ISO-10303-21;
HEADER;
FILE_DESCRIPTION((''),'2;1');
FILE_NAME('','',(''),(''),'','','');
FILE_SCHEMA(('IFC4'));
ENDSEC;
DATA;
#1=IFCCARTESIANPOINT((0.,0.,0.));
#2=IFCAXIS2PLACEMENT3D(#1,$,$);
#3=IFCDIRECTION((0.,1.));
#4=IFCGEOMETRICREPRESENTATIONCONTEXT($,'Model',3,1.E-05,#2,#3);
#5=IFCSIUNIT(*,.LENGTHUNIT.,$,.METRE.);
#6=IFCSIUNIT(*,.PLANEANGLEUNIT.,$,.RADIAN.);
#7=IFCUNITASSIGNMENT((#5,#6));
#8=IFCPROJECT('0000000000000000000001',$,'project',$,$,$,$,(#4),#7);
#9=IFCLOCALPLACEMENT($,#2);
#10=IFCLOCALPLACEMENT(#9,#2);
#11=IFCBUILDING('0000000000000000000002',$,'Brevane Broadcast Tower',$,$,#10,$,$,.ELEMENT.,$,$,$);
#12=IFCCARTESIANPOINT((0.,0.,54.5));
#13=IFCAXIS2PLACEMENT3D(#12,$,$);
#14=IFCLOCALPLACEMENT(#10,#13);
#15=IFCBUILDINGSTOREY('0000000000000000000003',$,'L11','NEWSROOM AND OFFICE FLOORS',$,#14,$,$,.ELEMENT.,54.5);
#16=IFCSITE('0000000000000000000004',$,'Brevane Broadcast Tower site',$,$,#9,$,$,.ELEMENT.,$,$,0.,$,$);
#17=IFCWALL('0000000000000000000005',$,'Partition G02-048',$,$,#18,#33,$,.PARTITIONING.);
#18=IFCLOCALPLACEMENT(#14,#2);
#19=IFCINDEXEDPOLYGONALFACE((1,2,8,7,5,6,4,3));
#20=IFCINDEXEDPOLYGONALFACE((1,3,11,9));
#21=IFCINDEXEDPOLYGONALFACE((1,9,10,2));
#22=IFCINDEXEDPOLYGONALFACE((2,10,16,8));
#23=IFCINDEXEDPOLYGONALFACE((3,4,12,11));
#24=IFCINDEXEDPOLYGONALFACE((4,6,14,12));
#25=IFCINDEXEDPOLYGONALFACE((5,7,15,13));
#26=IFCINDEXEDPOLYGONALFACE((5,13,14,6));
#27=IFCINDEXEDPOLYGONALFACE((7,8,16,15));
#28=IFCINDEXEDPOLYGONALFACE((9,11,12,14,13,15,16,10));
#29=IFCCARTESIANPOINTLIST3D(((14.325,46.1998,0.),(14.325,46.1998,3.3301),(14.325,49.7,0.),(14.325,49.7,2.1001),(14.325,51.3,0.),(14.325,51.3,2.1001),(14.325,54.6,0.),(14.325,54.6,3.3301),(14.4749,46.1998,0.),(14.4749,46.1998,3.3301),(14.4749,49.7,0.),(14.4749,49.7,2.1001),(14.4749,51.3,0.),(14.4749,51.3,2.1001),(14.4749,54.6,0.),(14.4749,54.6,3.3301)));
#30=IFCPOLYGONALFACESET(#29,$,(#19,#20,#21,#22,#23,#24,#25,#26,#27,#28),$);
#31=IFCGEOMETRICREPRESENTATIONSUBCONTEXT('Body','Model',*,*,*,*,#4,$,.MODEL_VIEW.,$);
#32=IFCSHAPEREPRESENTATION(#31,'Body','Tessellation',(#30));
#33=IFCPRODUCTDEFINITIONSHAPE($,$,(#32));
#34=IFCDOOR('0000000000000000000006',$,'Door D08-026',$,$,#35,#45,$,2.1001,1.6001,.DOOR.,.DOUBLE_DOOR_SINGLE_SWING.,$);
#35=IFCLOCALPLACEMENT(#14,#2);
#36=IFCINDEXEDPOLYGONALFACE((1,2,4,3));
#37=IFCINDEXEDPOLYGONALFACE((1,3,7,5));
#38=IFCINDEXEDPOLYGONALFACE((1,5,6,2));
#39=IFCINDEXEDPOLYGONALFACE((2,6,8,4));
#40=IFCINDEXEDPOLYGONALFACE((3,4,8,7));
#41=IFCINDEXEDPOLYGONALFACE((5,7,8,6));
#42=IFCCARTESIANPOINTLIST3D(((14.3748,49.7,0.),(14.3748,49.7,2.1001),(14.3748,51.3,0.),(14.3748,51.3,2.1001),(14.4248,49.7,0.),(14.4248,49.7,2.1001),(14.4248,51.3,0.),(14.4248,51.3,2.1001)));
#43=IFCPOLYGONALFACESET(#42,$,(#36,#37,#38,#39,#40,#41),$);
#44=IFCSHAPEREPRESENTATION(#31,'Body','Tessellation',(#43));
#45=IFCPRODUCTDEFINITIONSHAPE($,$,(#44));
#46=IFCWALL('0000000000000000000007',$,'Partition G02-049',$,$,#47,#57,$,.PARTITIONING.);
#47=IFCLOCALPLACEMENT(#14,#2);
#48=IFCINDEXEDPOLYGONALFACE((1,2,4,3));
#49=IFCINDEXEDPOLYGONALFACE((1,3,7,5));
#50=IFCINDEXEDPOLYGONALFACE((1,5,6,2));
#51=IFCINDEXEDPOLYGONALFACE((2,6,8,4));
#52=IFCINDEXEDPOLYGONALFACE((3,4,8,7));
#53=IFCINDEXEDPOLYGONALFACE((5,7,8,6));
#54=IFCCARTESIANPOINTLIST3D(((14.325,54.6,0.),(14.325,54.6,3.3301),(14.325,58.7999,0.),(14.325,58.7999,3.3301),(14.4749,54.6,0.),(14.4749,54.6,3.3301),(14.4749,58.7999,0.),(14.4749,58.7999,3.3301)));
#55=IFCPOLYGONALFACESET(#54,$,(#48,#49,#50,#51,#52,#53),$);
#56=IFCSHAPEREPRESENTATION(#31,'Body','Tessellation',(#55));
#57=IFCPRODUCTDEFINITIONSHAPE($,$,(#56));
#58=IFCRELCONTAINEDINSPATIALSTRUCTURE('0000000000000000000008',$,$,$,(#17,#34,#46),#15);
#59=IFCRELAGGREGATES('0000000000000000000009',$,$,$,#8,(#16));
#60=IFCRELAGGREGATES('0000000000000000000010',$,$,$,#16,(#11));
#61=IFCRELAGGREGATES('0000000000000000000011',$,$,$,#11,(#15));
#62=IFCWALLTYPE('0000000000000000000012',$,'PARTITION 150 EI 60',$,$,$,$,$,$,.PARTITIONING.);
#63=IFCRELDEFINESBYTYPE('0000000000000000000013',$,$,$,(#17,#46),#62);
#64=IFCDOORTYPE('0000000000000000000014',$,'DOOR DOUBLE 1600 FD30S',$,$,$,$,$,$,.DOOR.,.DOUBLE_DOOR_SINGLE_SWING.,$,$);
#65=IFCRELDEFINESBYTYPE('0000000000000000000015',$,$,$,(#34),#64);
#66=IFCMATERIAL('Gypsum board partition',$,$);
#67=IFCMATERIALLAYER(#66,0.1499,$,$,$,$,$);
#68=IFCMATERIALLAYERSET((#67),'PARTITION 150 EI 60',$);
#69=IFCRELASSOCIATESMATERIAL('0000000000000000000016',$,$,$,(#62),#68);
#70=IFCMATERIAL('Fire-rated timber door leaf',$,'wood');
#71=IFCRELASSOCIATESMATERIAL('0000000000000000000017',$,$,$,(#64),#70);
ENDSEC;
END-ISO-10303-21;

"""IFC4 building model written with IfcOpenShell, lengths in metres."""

from ifc_helpers import new_model, si_unit, direction, frame, frame_2d, origin, place, context, subcontext, project, spatial, rectangle, extrude, material, layer, layer_set, type_object, element, fill, save


model = new_model("IFC4")

# Units and contexts
model_context = context("Model", 3, precision=1e-05, world=origin(), true_north=direction((0.0, 1.0)))
body_context = subcontext(model_context, "Body", "Model", "MODEL_VIEW")
ifc_project = project(units=[si_unit("LENGTHUNIT", "METRE"), si_unit("PLANEANGLEUNIT", "RADIAN")], contexts=[model_context])

# Site, building, storey
site_placement = place(None, origin())
site = spatial("IfcSite", under=ifc_project, at=site_placement, Name="Brevane Broadcast Tower site", CompositionType="ELEMENT", RefElevation=0.0)
building_placement = place(site_placement, origin())
building = spatial("IfcBuilding", under=site, at=building_placement, Name="Brevane Broadcast Tower", CompositionType="ELEMENT")
storey_placement = place(building_placement, frame((0.0, 0.0, 54.5)))
storey = spatial("IfcBuildingStorey", under=building, at=storey_placement, Name="L11", Description="NEWSROOM AND OFFICE FLOORS", CompositionType="ELEMENT", Elevation=54.5)

# Shared definitions
ifc_material_1 = material(Name="Gypsum board partition")

# Wall, opening, door
ifc_layer_1 = layer(ifc_material_1, 0.1499)
ifc_layer_set_1 = layer_set([ifc_layer_1], Name="PARTITION 150 EI 60")
wall_type_1 = type_object("IfcWallType", Name="PARTITION 150 EI 60", PredefinedType="PARTITIONING", material=ifc_layer_set_1)
ifc_material_2 = material(Name="Fire-rated timber door leaf", Category="wood")
wall_1_placement = place(storey_placement, frame((14.3999, 54.6001, 0.0), z_axis=(0.0, 0.0, 1.0), x_axis=(0.0, -1.0, 0.0)))
wall_1 = element("IfcWall", 1, at=wall_1_placement, inside=storey, type_object=wall_type_1, Name="Partition G02-048", PredefinedType="PARTITIONING", context=body_context, shape_type="SweptSolid", body=[
    extrude(rectangle(XDim=8.4001, YDim=0.1499, at=frame_2d((4.2002, 0.0))), origin(), (0.0, 0.0, 1.0), 3.3301),
])
opening_1_placement = place(wall_1_placement, frame((3.3, 0.0, 0.0)))
opening_1 = element("IfcOpeningElement", 2, at=opening_1_placement, cuts=wall_1, PredefinedType="OPENING", context=body_context, shape_type="SweptSolid", body=[
    extrude(rectangle(XDim=1.6001, YDim=2.1001, at=frame_2d((0.8, 1.05))), frame((0.0, 0.085, 0.0), z_axis=(0.0, -1.0, 0.0), x_axis=(1.0, 0.0, 0.0)), (0.0, 0.0, 1.0), 0.1699),
])
door_type_1 = type_object("IfcDoorType", Name="DOOR DOUBLE 1600 FD30S", OperationType="DOUBLE_DOOR_SINGLE_SWING", PredefinedType="DOOR", material=ifc_material_2)
door_1_placement = place(opening_1_placement, origin())
door_1 = element("IfcDoor", 3, at=door_1_placement, inside=storey, type_object=door_type_1, Name="Door D08-026", OperationType="DOUBLE_DOOR_SINGLE_SWING", OverallHeight=2.1001, OverallWidth=1.6001, PredefinedType="DOOR", context=body_context, shape_type="SweptSolid", body=[
    extrude(rectangle(XDim=1.6001, YDim=2.1001, at=frame_2d((0.8, 1.05))), frame((0.0, 0.0249, 0.0), z_axis=(0.0, -1.0, 0.0), x_axis=(1.0, 0.0, 0.0)), (0.0, 0.0, 1.0), 0.05),
])
fill(opening_1, door_1)

# Wall
wall_2_placement = place(storey_placement, frame((14.3999, 58.8, 0.0), z_axis=(0.0, 0.0, 1.0), x_axis=(0.0, -1.0, 0.0)))
element("IfcWall", 4, at=wall_2_placement, inside=storey, type_object=wall_type_1, Name="Partition G02-049", PredefinedType="PARTITIONING", context=body_context, shape_type="SweptSolid", body=[
    extrude(rectangle(XDim=4.2, YDim=0.1499, at=frame_2d((2.1001, 0.0))), origin(), (0.0, 0.0, 1.0), 3.3301),
])

save(model, "model.ifc")
